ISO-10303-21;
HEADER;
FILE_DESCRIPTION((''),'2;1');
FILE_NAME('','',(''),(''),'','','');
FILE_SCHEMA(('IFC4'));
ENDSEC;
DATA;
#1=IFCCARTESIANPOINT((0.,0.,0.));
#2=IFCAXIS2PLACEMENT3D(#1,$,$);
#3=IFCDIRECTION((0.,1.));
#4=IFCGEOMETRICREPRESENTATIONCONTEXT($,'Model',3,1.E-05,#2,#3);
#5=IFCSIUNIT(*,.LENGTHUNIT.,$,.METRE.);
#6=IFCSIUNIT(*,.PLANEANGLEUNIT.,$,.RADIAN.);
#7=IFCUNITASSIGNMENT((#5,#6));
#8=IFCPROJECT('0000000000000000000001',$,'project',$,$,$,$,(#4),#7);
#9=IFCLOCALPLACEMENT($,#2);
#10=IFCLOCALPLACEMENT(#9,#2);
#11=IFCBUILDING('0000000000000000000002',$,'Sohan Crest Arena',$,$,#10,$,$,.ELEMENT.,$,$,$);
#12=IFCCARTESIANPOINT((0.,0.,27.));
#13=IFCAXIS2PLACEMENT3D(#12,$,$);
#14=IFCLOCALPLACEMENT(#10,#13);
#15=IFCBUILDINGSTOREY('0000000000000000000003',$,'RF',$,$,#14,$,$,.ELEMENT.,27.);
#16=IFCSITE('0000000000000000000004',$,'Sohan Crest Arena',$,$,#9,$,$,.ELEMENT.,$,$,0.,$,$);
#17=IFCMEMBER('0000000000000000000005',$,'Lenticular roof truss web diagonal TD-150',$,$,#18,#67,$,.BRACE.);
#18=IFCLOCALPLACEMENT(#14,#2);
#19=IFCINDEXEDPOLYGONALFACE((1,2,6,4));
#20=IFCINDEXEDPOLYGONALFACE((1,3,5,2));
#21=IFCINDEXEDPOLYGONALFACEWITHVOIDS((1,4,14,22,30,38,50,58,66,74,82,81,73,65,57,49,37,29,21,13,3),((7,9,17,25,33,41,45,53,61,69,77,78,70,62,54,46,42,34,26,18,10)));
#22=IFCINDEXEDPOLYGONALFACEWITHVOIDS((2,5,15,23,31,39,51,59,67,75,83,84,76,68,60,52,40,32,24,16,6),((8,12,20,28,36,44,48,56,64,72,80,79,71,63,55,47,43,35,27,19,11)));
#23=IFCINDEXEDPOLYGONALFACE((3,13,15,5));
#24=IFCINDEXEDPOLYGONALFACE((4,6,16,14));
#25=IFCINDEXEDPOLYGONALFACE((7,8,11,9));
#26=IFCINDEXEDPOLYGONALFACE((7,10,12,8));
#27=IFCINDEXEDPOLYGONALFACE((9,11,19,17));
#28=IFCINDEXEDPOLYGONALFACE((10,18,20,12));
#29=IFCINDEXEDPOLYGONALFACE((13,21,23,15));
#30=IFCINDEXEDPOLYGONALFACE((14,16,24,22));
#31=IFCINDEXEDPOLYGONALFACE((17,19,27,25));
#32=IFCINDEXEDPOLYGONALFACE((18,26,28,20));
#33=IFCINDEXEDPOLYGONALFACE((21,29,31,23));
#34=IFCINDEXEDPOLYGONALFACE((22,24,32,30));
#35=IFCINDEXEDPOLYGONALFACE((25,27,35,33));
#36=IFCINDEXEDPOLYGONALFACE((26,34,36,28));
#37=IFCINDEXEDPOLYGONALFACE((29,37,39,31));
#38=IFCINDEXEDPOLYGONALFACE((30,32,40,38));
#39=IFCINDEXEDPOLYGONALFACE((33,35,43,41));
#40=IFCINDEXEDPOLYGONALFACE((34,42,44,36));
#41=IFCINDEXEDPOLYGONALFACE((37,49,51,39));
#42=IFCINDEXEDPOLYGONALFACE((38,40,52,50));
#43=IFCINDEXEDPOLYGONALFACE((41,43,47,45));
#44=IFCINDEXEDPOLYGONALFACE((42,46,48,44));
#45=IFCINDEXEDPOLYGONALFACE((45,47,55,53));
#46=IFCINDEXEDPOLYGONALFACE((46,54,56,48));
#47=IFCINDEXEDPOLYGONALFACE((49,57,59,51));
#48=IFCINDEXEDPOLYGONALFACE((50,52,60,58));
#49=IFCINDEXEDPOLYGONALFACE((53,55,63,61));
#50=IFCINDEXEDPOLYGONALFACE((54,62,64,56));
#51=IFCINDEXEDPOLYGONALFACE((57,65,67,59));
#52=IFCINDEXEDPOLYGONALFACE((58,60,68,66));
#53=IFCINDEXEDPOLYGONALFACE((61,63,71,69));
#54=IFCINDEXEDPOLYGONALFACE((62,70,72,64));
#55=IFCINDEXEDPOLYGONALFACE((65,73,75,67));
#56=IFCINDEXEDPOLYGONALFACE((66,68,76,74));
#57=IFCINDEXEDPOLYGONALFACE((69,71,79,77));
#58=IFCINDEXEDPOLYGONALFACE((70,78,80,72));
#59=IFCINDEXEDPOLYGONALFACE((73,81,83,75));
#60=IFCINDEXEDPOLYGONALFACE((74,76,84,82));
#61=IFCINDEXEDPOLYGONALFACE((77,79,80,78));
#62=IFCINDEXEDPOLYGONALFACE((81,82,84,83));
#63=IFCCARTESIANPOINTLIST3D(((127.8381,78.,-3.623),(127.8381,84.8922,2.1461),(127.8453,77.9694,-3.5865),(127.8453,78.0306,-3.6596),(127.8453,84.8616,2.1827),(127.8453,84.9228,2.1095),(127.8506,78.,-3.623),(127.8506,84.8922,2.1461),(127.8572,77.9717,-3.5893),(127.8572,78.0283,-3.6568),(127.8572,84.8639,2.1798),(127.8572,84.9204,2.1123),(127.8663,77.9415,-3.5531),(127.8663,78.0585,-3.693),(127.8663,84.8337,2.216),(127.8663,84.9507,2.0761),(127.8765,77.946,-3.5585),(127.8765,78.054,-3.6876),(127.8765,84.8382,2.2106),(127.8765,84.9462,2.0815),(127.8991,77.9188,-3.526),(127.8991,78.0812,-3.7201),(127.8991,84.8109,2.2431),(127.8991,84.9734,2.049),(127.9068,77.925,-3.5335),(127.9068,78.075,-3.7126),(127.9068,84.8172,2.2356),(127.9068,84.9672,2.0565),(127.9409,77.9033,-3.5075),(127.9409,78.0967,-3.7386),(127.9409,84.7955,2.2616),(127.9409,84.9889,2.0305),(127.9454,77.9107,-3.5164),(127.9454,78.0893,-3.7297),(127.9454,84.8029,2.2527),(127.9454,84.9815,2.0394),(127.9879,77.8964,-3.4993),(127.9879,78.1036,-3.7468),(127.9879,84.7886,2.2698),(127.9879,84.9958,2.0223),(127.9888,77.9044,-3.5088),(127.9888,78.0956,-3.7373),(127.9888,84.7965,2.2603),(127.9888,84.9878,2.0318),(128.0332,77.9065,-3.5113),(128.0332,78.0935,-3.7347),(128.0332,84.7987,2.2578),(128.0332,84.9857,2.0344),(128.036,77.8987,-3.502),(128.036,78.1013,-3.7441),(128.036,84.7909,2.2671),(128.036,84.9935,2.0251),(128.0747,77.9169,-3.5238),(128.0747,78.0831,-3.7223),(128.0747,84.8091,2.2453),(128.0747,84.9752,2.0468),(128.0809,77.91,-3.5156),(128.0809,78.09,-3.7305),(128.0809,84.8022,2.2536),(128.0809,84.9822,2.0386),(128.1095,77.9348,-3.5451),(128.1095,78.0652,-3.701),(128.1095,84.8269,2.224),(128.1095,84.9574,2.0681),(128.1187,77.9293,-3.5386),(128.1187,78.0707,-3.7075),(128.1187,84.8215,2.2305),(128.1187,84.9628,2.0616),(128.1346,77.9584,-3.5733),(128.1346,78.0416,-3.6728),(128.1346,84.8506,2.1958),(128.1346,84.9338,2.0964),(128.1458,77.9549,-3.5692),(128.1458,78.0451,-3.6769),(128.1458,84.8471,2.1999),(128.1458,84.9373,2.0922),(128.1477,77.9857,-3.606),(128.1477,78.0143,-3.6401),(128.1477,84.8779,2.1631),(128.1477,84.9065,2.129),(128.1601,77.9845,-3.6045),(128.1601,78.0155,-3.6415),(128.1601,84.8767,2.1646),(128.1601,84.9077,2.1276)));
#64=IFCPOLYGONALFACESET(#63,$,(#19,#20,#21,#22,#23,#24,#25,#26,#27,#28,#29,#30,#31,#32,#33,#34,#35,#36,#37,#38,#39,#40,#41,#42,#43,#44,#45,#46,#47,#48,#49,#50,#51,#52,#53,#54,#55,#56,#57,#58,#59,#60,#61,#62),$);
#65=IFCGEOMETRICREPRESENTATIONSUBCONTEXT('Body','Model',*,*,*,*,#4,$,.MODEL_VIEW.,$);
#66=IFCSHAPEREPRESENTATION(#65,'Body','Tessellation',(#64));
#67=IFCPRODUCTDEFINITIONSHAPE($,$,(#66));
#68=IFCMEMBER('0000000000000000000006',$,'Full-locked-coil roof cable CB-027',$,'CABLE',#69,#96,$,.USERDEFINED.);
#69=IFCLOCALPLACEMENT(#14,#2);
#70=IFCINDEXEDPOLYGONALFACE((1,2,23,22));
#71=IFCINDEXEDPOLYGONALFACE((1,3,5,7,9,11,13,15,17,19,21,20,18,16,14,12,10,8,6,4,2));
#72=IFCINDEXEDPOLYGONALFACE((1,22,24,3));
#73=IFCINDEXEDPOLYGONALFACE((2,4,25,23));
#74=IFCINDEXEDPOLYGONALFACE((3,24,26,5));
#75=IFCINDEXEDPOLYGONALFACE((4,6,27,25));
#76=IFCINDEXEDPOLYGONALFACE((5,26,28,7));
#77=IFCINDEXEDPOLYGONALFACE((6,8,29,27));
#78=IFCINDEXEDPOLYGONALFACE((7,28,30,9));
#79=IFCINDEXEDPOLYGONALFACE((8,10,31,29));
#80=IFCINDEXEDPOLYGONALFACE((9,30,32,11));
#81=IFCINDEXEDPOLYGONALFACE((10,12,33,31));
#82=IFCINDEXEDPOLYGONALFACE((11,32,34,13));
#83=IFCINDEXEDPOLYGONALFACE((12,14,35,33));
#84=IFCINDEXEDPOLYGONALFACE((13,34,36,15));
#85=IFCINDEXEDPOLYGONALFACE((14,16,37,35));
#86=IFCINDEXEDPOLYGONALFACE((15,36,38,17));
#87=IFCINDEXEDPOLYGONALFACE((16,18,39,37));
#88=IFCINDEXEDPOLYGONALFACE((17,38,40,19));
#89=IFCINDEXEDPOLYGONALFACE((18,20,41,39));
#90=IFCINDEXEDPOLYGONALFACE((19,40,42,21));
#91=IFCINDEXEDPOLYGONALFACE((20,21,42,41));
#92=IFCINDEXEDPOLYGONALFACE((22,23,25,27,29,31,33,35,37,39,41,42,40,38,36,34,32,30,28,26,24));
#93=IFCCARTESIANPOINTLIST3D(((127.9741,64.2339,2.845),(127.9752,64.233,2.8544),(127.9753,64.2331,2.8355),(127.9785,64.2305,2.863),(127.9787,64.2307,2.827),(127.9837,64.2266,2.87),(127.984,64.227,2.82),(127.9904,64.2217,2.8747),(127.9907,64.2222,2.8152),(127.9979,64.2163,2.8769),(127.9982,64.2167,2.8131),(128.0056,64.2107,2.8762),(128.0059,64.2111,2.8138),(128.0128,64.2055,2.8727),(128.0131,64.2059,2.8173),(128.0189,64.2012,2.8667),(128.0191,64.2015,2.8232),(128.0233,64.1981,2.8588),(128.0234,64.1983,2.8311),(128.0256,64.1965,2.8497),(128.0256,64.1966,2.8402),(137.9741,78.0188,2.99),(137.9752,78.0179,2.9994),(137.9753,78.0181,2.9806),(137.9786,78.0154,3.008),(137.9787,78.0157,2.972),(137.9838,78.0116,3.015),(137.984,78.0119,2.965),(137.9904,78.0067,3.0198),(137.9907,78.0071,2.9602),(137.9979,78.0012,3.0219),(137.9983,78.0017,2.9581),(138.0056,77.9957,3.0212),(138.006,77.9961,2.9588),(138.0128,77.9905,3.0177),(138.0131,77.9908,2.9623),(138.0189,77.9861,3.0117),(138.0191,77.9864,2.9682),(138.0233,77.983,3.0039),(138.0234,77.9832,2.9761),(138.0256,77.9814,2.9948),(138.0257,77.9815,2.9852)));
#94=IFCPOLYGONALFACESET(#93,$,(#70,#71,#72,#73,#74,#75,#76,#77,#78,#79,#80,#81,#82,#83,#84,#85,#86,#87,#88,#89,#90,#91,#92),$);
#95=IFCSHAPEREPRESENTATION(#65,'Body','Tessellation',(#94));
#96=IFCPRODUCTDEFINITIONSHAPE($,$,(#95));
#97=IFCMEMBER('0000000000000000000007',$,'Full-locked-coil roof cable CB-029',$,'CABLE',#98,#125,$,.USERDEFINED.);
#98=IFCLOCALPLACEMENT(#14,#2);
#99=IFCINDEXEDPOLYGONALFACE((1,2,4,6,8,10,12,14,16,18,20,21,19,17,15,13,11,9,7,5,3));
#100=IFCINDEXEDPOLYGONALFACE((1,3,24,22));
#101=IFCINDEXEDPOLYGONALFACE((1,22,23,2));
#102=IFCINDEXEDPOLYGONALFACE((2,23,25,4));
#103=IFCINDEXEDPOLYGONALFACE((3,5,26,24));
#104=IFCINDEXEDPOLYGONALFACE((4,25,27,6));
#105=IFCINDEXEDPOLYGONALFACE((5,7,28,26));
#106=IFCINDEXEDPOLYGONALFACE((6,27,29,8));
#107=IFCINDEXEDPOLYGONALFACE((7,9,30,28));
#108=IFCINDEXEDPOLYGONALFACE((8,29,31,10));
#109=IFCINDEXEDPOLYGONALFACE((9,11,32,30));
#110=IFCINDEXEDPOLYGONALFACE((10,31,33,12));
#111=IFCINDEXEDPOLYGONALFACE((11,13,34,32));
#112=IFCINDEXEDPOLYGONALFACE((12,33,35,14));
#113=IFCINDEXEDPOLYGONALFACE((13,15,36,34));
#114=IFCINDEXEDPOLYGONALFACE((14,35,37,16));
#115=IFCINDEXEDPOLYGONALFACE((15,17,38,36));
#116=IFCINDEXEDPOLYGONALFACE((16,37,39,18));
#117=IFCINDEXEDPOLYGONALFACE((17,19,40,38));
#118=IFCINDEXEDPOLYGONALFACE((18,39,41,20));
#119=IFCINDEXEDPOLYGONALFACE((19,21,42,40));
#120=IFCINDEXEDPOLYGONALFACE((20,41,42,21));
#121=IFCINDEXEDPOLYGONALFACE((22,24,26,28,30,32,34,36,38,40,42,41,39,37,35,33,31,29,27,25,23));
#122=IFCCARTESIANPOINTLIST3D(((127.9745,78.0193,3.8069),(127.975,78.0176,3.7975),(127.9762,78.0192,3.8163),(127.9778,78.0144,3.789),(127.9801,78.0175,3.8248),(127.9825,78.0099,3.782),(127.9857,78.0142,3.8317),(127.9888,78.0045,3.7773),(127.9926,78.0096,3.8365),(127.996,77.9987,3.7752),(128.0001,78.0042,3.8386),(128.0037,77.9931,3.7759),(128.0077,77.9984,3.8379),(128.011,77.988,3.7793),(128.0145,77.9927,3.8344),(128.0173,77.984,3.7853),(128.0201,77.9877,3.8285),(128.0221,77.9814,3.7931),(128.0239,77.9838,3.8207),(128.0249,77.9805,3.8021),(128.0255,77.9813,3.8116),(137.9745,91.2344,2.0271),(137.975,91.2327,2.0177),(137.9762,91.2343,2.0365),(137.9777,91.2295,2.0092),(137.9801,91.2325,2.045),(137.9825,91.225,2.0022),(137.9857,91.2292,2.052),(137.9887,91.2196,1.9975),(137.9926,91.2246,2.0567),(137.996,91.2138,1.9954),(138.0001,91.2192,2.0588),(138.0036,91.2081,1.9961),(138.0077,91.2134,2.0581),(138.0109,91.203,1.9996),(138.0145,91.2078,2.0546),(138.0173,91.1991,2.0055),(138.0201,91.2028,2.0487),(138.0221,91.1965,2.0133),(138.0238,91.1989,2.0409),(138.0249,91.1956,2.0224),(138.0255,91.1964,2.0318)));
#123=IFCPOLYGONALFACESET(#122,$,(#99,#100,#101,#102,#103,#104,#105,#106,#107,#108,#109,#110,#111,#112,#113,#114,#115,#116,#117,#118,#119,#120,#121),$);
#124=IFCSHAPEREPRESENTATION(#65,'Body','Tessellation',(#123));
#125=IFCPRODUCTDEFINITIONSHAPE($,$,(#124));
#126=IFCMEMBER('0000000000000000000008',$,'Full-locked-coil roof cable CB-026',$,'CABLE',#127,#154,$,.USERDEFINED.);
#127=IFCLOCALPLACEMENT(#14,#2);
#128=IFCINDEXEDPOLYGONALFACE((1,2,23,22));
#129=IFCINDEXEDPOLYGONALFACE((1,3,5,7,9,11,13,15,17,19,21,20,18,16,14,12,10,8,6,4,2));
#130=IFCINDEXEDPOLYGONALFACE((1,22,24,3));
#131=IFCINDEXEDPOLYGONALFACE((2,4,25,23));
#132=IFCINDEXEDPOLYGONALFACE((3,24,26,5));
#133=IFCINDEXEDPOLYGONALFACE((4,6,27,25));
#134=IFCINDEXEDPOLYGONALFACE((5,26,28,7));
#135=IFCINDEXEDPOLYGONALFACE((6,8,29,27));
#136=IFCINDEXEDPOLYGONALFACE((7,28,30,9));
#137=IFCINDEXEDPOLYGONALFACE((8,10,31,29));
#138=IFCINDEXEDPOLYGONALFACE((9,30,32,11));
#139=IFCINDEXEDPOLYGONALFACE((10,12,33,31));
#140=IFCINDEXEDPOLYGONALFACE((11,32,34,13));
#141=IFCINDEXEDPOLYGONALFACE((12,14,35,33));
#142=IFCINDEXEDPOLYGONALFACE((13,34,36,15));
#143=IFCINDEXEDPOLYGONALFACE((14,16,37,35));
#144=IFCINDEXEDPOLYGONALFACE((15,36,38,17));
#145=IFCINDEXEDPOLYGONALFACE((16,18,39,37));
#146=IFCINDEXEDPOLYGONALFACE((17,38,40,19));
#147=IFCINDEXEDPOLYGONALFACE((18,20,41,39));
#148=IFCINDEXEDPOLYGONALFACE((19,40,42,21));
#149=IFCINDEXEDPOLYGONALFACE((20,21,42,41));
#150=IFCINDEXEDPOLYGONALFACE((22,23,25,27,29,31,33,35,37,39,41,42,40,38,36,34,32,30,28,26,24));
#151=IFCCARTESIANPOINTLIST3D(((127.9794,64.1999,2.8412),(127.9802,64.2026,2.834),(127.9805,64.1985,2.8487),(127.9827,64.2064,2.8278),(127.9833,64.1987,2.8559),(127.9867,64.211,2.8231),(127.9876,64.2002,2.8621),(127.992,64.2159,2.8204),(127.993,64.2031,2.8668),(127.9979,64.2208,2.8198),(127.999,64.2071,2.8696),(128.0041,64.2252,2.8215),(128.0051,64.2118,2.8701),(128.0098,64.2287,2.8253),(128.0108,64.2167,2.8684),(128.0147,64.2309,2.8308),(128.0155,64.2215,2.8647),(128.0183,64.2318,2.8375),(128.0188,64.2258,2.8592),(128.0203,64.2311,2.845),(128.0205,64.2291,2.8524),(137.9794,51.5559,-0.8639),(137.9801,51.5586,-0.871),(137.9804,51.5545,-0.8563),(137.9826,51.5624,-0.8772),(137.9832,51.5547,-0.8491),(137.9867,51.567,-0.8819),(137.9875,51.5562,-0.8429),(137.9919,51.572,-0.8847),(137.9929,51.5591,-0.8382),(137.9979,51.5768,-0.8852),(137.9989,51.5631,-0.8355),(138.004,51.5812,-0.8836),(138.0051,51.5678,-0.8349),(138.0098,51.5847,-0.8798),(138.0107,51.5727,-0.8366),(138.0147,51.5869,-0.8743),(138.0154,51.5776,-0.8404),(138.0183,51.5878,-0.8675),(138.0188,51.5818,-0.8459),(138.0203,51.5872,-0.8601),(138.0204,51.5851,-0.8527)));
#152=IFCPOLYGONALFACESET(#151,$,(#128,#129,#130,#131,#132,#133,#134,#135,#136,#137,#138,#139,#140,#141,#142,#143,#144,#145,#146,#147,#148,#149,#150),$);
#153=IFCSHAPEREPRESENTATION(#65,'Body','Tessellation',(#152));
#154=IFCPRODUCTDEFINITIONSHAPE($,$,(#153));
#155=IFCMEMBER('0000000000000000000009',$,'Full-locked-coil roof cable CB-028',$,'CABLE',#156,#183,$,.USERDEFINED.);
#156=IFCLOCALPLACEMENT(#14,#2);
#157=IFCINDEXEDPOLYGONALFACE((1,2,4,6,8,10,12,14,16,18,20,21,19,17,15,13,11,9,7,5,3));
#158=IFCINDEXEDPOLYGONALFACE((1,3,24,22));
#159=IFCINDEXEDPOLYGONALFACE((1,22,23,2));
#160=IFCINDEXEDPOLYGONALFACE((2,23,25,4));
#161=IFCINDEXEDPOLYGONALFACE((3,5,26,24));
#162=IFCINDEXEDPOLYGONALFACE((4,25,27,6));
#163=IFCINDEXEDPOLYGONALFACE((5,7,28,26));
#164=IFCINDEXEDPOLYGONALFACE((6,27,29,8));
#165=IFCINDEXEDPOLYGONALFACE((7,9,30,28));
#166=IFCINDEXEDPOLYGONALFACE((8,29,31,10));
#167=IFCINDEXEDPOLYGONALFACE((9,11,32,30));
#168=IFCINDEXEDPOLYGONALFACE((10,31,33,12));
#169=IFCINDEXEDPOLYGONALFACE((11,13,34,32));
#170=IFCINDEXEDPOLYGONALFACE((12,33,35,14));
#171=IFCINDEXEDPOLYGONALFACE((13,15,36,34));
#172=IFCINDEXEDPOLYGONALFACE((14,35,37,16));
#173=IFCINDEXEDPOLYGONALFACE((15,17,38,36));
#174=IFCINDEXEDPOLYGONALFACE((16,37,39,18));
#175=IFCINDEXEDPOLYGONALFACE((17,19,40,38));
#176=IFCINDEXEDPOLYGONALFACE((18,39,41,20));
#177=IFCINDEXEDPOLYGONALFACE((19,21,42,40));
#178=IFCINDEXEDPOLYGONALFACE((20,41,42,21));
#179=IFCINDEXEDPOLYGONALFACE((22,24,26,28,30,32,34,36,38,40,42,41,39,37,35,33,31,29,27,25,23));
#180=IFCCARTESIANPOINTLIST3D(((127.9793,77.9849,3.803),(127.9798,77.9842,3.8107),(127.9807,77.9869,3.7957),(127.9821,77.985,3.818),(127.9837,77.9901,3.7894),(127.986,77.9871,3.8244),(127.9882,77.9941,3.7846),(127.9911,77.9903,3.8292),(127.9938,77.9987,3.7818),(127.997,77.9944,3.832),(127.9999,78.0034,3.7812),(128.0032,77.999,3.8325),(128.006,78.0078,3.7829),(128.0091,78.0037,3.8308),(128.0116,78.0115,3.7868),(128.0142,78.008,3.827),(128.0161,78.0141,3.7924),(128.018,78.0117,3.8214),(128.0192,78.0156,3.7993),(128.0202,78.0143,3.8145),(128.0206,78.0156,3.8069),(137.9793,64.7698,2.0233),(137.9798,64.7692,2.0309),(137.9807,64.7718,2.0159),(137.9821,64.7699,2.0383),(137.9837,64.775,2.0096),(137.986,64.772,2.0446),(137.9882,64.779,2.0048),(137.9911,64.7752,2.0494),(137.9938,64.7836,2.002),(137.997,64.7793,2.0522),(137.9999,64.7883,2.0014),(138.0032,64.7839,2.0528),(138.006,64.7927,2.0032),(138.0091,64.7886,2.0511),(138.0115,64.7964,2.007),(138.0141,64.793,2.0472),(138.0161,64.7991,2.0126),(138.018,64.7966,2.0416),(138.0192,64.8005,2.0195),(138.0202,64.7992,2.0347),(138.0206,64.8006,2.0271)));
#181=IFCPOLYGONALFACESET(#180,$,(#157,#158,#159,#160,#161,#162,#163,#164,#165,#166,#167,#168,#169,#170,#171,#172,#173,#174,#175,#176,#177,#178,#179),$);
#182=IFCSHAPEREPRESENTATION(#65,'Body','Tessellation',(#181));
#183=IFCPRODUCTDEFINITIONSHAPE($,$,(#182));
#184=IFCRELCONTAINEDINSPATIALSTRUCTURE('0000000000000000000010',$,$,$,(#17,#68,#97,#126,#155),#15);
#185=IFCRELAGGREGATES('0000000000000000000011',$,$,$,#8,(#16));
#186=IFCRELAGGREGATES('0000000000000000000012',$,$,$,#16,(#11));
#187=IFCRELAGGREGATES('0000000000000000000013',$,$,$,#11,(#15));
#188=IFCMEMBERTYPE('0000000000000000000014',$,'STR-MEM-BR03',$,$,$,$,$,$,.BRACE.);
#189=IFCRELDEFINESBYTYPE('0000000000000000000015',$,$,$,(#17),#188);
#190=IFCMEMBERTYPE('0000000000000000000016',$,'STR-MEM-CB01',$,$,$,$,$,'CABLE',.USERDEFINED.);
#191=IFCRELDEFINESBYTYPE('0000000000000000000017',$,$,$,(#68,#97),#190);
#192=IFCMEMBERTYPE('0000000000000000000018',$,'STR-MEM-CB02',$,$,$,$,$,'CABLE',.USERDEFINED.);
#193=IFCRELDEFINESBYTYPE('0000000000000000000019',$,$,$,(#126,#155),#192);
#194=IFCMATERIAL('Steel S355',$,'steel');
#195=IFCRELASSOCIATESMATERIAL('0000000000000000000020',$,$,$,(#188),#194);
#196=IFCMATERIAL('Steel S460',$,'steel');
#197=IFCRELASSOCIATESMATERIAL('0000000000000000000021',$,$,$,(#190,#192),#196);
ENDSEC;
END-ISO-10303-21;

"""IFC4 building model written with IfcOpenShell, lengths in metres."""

from ifc_helpers import new_model, si_unit, direction, frame, origin, origin_2d, place, context, subcontext, project, spatial, circle, hollow_circle, extrude, material, material_profile, profile_set, type_object, element, save


model = new_model("IFC4")

# Units and contexts
model_context = context("Model", 3, precision=1e-05, world=origin(), true_north=direction((0.0, 1.0)))
body_context = subcontext(model_context, "Body", "Model", "MODEL_VIEW")
ifc_project = project(units=[si_unit("LENGTHUNIT", "METRE"), si_unit("PLANEANGLEUNIT", "RADIAN")], contexts=[model_context])

# Site, building, storey
site_placement = place(None, origin())
site = spatial("IfcSite", under=ifc_project, at=site_placement, Name="Sohan Crest Arena", CompositionType="ELEMENT", RefElevation=0.0)
building_placement = place(site_placement, origin())
building = spatial("IfcBuilding", under=site, at=building_placement, Name="Sohan Crest Arena", CompositionType="ELEMENT")
storey_placement = place(building_placement, frame((0.0, 0.0, 27.0)))
storey = spatial("IfcBuildingStorey", under=building, at=storey_placement, Name="RF", CompositionType="ELEMENT", Elevation=27.0)

# Shared definitions
ifc_material_1 = material(Name="Steel S355", Category="steel")

# Members
ifc_material_profile_1 = material_profile(ifc_material_1, hollow_circle(Radius=0.1619, WallThickness=0.0125, at=origin_2d()), Name="CHS 323.9x12.5")
ifc_profile_set_1 = profile_set([ifc_material_profile_1], Name="Steel S355")
member_type_1 = type_object("IfcMemberType", Name="STR-MEM-BR03", PredefinedType="BRACE", material=ifc_profile_set_1)
for number, where, z_axis, x_axis, name in (
    (1, (128.0, 78.0, -3.623), (0.0, 0.766817, 0.641866), (-1.0, 0.0, 0.0), "Lenticular roof truss web diagonal TD-150"),
):
    element("IfcMember", number, at=place(storey_placement, frame(where, z_axis=z_axis, x_axis=x_axis)), inside=storey, type_object=member_type_1, Name=name, PredefinedType="BRACE", context=body_context, shape_type="SweptSolid", body=[
        extrude(hollow_circle(Radius=0.1619, WallThickness=0.0125, at=origin_2d()), origin(), (0.0, 0.0, 1.0), 8.988),
    ])
ifc_material_2 = material(Name="Steel S460", Category="steel")
ifc_material_profile_2 = material_profile(ifc_material_2, circle(Radius=0.032, at=origin_2d()), Name="FLC D64")
ifc_profile_set_2 = profile_set([ifc_material_profile_2], Name="Steel S460")
member_type_2 = type_object("IfcMemberType", Name="STR-MEM-CB01", ElementType="CABLE", PredefinedType="USERDEFINED", material=ifc_profile_set_2)
member_1_placement = place(storey_placement, frame((128.0, 64.2151, 2.845), z_axis=(0.587175, 0.809415, 0.008515), x_axis=(-0.809445, 0.587196, 0.0)))
element("IfcMember", 2, at=member_1_placement, inside=storey, type_object=member_type_2, Name="Full-locked-coil roof cable CB-027", ObjectType="CABLE", PredefinedType="USERDEFINED", context=body_context, shape_type="SweptSolid", body=[
    extrude(circle(Radius=0.032, at=origin_2d()), origin(), (0.0, 0.0, 1.0), 17.0308),
])
member_2_placement = place(storey_placement, frame((128.0, 78.0, 3.8069), z_axis=(0.599969, 0.792865, -0.106782), x_axis=(-0.797424, 0.603419, 0.0)))
element("IfcMember", 3, at=member_2_placement, inside=storey, type_object=member_type_2, Name="Full-locked-coil roof cable CB-029", ObjectType="CABLE", PredefinedType="USERDEFINED", context=body_context, shape_type="SweptSolid", body=[
    extrude(circle(Radius=0.032, at=origin_2d()), origin(), (0.0, 0.0, 1.0), 16.6675),
])
ifc_material_profile_3 = material_profile(ifc_material_2, circle(Radius=0.0259, at=origin_2d()), Name="FLC D52")
ifc_profile_set_3 = profile_set([ifc_material_profile_3], Name="Steel S460")
member_type_3 = type_object("IfcMemberType", Name="STR-MEM-CB02", ElementType="CABLE", PredefinedType="USERDEFINED", material=ifc_profile_set_3)
member_3_placement = place(storey_placement, frame((128.0, 64.2151, 2.845), z_axis=(0.604564, -0.764414, -0.223996), x_axis=(0.784344, 0.620327, 0.0)))
element("IfcMember", 4, at=member_3_placement, inside=storey, type_object=member_type_3, Name="Full-locked-coil roof cable CB-026", ObjectType="CABLE", PredefinedType="USERDEFINED", context=body_context, shape_type="SweptSolid", body=[
    extrude(circle(Radius=0.0259, at=origin_2d()), origin(), (0.0, 0.0, 1.0), 16.5408),
])
member_4_placement = place(storey_placement, frame((128.0, 78.0, 3.8069), z_axis=(0.599969, -0.792865, -0.106782), x_axis=(0.797424, 0.603419, 0.0)))
element("IfcMember", 5, at=member_4_placement, inside=storey, type_object=member_type_3, Name="Full-locked-coil roof cable CB-028", ObjectType="CABLE", PredefinedType="USERDEFINED", context=body_context, shape_type="SweptSolid", body=[
    extrude(circle(Radius=0.0259, at=origin_2d()), origin(), (0.0, 0.0, 1.0), 16.6675),
])

save(model, "model.ifc")
